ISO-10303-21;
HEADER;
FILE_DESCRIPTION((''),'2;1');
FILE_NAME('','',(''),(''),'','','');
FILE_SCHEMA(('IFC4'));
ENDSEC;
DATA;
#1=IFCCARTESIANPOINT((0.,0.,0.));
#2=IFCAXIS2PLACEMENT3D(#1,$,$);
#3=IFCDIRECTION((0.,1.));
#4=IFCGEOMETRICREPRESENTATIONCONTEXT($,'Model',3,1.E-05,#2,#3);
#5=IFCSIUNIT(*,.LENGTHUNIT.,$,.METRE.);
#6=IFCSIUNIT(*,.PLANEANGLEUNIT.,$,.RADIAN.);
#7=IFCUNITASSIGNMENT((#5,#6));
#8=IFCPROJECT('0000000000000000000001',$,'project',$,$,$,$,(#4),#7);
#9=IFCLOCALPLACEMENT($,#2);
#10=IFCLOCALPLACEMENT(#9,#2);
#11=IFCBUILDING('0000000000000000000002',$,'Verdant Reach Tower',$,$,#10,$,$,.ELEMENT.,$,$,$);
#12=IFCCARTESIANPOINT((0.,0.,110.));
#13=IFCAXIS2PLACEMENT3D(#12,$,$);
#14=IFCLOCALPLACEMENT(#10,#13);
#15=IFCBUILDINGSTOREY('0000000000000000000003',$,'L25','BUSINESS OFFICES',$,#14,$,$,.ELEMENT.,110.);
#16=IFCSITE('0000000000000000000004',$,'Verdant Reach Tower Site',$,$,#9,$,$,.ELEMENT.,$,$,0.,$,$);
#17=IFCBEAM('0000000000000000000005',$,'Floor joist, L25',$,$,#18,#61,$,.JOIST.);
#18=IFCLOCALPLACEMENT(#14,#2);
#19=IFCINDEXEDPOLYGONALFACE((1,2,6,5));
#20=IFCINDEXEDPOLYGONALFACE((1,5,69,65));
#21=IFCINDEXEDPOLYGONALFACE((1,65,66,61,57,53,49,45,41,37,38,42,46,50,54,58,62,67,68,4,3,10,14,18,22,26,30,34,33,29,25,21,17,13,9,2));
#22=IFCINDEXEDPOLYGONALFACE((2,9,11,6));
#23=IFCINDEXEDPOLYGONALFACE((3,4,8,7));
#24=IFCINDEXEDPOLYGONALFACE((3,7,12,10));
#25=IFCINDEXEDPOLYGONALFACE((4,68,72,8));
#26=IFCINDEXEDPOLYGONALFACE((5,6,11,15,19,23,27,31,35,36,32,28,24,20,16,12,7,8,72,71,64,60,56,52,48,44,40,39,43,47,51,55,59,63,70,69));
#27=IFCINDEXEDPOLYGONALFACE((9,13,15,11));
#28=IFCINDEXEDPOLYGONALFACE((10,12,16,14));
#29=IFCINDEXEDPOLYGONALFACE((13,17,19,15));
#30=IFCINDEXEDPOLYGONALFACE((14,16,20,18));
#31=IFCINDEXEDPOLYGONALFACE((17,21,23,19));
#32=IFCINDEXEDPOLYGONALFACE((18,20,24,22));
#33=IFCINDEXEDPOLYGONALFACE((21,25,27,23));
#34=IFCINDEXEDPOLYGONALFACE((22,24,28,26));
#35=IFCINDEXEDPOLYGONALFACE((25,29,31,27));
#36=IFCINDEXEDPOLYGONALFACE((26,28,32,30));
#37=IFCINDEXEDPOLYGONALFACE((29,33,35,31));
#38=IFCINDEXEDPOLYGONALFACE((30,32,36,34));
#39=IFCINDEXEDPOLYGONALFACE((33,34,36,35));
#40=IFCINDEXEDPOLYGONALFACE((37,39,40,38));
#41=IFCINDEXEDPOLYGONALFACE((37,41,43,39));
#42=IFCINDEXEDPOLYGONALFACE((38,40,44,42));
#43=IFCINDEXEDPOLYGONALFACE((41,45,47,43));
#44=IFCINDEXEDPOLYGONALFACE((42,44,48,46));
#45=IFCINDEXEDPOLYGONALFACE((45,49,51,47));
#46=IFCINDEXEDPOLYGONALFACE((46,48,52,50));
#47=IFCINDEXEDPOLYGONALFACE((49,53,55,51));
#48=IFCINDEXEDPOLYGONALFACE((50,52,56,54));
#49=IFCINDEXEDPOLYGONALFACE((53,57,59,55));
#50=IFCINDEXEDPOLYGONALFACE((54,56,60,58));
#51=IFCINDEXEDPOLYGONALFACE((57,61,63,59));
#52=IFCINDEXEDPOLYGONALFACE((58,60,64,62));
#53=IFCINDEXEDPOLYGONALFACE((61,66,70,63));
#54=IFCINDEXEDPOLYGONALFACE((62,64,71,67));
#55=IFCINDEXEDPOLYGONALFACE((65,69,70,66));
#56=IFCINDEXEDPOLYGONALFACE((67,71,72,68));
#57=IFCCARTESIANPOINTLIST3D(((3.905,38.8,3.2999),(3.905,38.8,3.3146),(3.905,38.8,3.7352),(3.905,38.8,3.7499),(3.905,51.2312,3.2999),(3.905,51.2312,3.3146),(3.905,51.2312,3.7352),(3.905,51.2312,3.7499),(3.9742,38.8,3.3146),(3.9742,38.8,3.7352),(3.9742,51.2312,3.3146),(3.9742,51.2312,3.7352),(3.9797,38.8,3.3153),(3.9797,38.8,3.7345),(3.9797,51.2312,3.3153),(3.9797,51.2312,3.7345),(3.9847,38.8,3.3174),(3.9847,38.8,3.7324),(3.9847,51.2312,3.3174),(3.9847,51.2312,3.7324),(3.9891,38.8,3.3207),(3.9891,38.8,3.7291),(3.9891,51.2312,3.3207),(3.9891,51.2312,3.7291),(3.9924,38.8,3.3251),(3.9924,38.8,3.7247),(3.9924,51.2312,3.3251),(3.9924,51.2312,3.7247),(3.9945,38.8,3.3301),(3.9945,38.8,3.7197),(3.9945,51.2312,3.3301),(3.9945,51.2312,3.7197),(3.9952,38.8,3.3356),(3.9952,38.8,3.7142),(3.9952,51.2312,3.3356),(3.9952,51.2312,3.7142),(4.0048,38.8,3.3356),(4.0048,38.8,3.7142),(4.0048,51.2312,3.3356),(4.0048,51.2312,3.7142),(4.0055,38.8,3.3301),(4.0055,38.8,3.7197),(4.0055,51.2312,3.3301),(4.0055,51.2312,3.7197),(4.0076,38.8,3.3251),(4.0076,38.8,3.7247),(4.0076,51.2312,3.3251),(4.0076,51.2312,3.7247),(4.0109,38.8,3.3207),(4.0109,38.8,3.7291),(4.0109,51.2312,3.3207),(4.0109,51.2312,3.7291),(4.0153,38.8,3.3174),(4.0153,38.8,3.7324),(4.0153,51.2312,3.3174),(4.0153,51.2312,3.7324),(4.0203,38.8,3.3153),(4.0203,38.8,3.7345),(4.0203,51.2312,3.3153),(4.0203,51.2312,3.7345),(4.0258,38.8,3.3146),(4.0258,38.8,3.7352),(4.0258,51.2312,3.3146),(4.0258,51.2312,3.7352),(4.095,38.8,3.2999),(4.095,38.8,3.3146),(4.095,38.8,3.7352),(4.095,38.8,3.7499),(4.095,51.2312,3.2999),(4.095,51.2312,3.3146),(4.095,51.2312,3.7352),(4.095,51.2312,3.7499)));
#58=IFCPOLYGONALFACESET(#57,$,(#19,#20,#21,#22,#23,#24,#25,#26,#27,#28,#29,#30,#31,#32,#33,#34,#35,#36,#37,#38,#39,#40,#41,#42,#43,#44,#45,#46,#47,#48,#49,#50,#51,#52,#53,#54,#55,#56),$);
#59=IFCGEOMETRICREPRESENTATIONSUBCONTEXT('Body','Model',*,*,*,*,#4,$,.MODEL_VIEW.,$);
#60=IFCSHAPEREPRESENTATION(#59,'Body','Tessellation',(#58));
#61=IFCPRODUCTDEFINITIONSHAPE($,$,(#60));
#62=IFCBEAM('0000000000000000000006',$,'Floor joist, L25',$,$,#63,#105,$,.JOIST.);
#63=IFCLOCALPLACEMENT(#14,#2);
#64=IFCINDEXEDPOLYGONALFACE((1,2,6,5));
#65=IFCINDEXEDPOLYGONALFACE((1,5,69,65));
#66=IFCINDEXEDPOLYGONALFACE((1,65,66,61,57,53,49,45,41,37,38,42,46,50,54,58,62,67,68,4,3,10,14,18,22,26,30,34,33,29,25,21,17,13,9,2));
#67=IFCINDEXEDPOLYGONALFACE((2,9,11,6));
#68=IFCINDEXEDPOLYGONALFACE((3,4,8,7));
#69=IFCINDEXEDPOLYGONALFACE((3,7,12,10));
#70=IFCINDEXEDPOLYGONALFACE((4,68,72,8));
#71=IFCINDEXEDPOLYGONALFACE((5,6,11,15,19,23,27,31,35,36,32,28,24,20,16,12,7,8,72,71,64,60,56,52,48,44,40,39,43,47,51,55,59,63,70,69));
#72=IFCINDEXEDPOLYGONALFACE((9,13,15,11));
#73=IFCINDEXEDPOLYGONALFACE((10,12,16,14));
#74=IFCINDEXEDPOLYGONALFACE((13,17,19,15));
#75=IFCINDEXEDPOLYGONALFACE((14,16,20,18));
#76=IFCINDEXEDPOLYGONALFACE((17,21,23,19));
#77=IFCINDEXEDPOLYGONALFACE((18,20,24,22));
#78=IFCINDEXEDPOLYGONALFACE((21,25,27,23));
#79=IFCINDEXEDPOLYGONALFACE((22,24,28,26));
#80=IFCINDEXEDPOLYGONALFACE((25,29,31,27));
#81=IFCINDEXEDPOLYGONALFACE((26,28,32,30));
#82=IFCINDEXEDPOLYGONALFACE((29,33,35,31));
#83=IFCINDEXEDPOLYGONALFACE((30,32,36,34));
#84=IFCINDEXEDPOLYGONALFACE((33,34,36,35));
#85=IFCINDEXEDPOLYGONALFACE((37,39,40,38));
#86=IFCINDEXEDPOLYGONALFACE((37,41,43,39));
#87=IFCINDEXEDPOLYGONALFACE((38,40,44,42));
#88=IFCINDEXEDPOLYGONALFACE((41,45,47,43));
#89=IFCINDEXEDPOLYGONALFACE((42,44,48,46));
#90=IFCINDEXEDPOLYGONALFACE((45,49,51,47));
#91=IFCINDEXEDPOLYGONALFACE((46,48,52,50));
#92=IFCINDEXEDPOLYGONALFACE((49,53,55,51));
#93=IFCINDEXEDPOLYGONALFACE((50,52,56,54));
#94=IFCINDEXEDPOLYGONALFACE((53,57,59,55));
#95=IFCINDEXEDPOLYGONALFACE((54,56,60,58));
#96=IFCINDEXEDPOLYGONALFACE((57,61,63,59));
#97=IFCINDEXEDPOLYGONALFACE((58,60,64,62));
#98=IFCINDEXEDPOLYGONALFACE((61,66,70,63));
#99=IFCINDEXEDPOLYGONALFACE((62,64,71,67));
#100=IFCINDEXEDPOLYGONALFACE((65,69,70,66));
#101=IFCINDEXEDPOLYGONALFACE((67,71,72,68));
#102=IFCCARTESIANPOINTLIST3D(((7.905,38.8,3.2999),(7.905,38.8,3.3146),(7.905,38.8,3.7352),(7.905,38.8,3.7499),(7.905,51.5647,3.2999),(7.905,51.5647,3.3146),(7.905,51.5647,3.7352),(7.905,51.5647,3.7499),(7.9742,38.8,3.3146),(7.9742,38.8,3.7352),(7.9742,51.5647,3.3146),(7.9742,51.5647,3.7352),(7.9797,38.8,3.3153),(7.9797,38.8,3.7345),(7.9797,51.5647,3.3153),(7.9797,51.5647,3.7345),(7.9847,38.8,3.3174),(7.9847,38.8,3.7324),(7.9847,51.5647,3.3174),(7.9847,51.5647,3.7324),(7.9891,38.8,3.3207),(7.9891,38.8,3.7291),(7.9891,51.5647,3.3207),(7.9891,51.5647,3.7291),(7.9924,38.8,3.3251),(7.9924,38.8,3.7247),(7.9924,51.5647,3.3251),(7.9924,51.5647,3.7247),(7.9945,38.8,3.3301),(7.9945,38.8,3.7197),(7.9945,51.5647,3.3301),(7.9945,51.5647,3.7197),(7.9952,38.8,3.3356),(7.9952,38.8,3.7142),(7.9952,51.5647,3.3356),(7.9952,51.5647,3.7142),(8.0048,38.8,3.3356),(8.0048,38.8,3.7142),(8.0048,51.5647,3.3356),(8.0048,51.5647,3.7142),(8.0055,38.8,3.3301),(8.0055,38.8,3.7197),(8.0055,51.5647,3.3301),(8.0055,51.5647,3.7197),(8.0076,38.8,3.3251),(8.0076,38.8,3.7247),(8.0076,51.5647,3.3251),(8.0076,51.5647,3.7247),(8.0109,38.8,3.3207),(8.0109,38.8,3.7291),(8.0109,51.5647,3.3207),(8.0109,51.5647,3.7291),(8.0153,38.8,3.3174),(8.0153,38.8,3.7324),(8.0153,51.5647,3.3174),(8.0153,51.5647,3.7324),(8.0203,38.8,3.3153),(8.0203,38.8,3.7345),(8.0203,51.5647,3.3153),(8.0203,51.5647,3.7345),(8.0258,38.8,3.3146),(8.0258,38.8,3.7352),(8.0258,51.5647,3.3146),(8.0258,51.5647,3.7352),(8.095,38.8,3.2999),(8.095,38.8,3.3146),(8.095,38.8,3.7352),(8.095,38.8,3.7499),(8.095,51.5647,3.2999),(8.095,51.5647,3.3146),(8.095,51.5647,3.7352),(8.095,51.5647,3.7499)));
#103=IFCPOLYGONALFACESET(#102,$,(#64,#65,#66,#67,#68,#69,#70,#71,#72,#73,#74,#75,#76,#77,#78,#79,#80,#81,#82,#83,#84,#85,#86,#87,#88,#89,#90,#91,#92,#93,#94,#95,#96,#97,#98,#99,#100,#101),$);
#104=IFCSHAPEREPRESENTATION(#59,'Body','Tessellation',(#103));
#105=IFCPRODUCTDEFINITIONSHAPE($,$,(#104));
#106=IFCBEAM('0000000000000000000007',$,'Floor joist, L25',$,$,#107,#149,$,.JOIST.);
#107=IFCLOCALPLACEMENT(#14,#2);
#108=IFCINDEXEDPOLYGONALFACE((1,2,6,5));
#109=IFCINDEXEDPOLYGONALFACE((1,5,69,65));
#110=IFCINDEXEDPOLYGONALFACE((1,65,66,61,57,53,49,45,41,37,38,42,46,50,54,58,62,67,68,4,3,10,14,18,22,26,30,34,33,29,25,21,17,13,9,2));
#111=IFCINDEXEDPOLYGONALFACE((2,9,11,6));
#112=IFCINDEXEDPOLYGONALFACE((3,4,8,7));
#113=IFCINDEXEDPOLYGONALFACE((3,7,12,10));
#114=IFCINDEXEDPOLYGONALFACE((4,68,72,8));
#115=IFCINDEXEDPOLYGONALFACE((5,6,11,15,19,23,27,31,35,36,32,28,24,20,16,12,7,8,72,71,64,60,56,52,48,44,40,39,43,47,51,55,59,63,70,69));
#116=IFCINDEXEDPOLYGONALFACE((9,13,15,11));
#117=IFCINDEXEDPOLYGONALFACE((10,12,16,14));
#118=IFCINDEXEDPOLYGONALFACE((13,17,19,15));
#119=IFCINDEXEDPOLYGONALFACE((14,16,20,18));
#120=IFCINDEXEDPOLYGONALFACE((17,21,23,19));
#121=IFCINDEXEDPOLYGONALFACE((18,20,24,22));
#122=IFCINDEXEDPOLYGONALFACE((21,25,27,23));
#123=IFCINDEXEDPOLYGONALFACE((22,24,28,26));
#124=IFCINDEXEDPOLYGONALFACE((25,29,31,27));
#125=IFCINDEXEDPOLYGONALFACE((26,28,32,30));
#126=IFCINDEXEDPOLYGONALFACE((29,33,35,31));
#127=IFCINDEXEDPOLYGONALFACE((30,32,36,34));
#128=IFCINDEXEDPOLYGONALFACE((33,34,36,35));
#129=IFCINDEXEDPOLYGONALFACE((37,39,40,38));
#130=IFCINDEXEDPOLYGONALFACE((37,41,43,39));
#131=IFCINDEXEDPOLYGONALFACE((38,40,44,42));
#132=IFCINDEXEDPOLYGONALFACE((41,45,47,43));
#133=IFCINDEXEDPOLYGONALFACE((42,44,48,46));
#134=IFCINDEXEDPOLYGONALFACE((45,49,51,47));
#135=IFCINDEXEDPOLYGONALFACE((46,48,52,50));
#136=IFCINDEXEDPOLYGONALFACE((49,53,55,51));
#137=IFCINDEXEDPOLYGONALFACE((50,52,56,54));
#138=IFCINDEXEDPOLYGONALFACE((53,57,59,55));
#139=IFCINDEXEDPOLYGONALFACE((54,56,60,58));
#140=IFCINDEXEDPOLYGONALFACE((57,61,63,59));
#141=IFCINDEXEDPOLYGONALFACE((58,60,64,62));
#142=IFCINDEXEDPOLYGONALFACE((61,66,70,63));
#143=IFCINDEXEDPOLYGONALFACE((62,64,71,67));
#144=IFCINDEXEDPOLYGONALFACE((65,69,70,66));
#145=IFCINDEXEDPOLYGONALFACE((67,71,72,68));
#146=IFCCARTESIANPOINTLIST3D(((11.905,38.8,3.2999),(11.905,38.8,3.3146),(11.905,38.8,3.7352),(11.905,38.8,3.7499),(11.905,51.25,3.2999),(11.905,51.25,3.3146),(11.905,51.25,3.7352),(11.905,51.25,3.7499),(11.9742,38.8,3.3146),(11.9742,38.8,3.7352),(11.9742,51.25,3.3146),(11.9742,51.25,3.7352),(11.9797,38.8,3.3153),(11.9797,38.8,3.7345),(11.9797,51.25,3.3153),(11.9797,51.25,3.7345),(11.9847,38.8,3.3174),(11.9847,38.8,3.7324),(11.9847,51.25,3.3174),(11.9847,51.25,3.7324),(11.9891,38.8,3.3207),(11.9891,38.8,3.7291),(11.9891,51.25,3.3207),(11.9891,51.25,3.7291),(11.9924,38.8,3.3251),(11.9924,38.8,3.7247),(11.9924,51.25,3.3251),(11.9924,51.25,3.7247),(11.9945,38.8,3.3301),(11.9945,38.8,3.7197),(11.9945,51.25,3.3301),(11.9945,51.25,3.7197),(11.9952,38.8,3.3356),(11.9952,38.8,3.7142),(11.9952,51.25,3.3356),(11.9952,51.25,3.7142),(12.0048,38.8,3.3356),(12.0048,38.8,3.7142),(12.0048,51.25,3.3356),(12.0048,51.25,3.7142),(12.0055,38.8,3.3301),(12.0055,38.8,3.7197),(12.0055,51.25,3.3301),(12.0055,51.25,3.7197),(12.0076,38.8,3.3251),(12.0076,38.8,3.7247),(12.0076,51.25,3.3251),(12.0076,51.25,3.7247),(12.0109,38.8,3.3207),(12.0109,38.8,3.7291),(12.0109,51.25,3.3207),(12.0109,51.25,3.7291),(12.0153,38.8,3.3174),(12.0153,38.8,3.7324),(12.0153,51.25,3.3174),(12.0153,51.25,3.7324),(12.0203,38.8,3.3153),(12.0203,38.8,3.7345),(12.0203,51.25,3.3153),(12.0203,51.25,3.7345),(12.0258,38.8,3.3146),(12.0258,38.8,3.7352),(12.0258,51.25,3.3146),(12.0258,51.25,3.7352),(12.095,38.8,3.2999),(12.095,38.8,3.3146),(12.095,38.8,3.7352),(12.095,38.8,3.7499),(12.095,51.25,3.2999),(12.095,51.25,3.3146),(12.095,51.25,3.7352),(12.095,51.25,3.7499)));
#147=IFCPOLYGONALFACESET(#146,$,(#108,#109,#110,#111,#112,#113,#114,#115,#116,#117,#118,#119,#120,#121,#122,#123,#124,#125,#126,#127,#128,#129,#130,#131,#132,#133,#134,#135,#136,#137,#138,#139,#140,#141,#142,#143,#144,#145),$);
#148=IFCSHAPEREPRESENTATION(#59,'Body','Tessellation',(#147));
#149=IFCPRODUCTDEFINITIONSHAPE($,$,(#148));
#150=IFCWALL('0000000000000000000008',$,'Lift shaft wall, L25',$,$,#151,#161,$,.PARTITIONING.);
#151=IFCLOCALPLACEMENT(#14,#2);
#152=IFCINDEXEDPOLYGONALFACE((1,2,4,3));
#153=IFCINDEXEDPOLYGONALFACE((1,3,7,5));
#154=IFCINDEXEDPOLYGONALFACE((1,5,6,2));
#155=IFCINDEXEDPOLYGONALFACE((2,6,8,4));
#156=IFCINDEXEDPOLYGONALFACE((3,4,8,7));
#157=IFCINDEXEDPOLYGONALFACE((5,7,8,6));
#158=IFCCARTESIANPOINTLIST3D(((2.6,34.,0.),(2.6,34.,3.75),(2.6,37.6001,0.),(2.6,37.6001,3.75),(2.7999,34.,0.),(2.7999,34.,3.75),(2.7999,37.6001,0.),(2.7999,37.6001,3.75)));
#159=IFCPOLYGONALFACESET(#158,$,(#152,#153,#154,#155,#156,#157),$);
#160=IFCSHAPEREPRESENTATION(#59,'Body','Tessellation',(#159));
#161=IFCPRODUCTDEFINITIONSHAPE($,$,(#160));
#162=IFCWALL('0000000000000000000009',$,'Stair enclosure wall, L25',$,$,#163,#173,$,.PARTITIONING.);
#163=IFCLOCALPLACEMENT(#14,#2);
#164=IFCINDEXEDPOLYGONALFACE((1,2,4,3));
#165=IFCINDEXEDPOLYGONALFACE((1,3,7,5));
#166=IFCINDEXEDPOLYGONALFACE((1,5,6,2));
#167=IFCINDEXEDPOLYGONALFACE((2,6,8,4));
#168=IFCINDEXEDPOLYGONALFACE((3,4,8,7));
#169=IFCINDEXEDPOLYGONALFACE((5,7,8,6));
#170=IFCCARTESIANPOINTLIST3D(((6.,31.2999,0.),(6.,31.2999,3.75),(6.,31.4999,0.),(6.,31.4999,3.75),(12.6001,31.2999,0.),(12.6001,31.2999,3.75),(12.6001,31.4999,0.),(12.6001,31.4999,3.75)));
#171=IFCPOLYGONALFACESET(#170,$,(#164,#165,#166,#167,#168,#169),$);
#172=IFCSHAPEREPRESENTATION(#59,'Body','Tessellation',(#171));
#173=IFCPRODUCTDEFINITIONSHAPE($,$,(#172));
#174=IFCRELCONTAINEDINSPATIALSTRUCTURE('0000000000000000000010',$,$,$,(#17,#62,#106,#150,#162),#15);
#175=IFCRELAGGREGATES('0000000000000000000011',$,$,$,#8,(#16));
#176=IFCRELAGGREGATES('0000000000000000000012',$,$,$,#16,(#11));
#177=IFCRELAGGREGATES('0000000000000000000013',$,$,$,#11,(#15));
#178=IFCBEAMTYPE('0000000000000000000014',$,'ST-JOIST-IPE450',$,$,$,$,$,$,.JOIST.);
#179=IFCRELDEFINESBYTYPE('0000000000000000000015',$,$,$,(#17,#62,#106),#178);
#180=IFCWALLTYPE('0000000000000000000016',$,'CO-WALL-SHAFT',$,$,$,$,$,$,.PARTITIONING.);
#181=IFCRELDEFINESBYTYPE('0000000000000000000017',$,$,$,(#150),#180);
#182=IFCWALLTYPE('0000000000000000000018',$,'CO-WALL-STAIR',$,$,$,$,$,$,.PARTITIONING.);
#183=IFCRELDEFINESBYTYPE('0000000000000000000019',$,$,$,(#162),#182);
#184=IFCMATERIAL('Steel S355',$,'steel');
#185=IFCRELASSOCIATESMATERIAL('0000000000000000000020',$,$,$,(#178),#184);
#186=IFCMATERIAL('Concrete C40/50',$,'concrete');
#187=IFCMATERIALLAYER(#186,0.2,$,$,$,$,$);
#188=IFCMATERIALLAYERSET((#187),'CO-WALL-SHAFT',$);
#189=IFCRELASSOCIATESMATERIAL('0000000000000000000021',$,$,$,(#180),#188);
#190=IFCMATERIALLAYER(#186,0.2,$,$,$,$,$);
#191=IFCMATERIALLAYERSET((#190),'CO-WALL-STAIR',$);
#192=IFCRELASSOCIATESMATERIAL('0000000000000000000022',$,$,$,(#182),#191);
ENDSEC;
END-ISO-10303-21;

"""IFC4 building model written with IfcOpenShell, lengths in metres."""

from ifc_helpers import new_model, si_unit, direction, frame, frame_2d, origin, origin_2d, place, context, subcontext, project, spatial, rectangle, i_section, extrude, material, layer, layer_set, material_profile, profile_set, type_object, element, save


model = new_model("IFC4")

# Units and contexts
model_context = context("Model", 3, precision=1e-05, world=origin(), true_north=direction((0.0, 1.0)))
body_context = subcontext(model_context, "Body", "Model", "MODEL_VIEW")
ifc_project = project(units=[si_unit("LENGTHUNIT", "METRE"), si_unit("PLANEANGLEUNIT", "RADIAN")], contexts=[model_context])

# Site, building, storey
site_placement = place(None, origin())
site = spatial("IfcSite", under=ifc_project, at=site_placement, Name="Verdant Reach Tower Site", CompositionType="ELEMENT", RefElevation=0.0)
building_placement = place(site_placement, origin())
building = spatial("IfcBuilding", under=site, at=building_placement, Name="Verdant Reach Tower", CompositionType="ELEMENT")
storey_placement = place(building_placement, frame((0.0, 0.0, 110.0)))
storey = spatial("IfcBuildingStorey", under=building, at=storey_placement, Name="L25", Description="BUSINESS OFFICES", CompositionType="ELEMENT", Elevation=110.0)

# Beams
ifc_material_1 = material(Name="Steel S355", Category="steel")
ifc_material_profile_1 = material_profile(ifc_material_1, i_section(OverallWidth=0.1899, OverallDepth=0.45, WebThickness=0.0095, FlangeThickness=0.0146, FilletRadius=0.021, at=origin_2d()), Name="IPE 450")
ifc_profile_set_1 = profile_set([ifc_material_profile_1], Name="Steel S355")
beam_type_1 = type_object("IfcBeamType", Name="ST-JOIST-IPE450", PredefinedType="JOIST", material=ifc_profile_set_1)
beam_1_placement = place(storey_placement, frame((4.0, 38.8, 3.5249), z_axis=(0.0, 1.0, 0.0), x_axis=(-1.0, 0.0, 0.0)))
element("IfcBeam", 1, at=beam_1_placement, inside=storey, type_object=beam_type_1, Name="Floor joist, L25", PredefinedType="JOIST", context=body_context, shape_type="SweptSolid", body=[
    extrude(i_section(OverallWidth=0.1899, OverallDepth=0.45, WebThickness=0.0095, FlangeThickness=0.0146, FilletRadius=0.021, at=origin_2d()), origin(), (0.0, 0.0, 1.0), 12.4312),
])
beam_2_placement = place(storey_placement, frame((8.0, 38.8, 3.5249), z_axis=(0.0, 1.0, 0.0), x_axis=(-1.0, 0.0, 0.0)))
element("IfcBeam", 2, at=beam_2_placement, inside=storey, type_object=beam_type_1, Name="Floor joist, L25", PredefinedType="JOIST", context=body_context, shape_type="SweptSolid", body=[
    extrude(i_section(OverallWidth=0.1899, OverallDepth=0.45, WebThickness=0.0095, FlangeThickness=0.0146, FilletRadius=0.021, at=origin_2d()), origin(), (0.0, 0.0, 1.0), 12.7646),
])
beam_3_placement = place(storey_placement, frame((12.0, 38.8, 3.5249), z_axis=(0.0, 1.0, 0.0), x_axis=(-1.0, 0.0, 0.0)))
element("IfcBeam", 3, at=beam_3_placement, inside=storey, type_object=beam_type_1, Name="Floor joist, L25", PredefinedType="JOIST", context=body_context, shape_type="SweptSolid", body=[
    extrude(i_section(OverallWidth=0.1899, OverallDepth=0.45, WebThickness=0.0095, FlangeThickness=0.0146, FilletRadius=0.021, at=origin_2d()), origin(), (0.0, 0.0, 1.0), 12.45),
])

# Walls
ifc_material_2 = material(Name="Concrete C40/50", Category="concrete")
ifc_layer_1 = layer(ifc_material_2, 0.2)
ifc_layer_set_1 = layer_set([ifc_layer_1], Name="CO-WALL-SHAFT")
wall_type_1 = type_object("IfcWallType", Name="CO-WALL-SHAFT", PredefinedType="PARTITIONING", material=ifc_layer_set_1)
wall_1_placement = place(storey_placement, frame((2.7, 34.0, 0.0), z_axis=(0.0, 0.0, 1.0), x_axis=(0.0, 1.0, 0.0)))
element("IfcWall", 4, at=wall_1_placement, inside=storey, type_object=wall_type_1, Name="Lift shaft wall, L25", PredefinedType="PARTITIONING", context=body_context, shape_type="SweptSolid", body=[
    extrude(rectangle(XDim=3.6001, YDim=0.2, at=frame_2d((1.8, 0.0))), origin(), (0.0, 0.0, 1.0), 3.75),
])
ifc_layer_2 = layer(ifc_material_2, 0.2)
ifc_layer_set_2 = layer_set([ifc_layer_2], Name="CO-WALL-STAIR")
wall_type_2 = type_object("IfcWallType", Name="CO-WALL-STAIR", PredefinedType="PARTITIONING", material=ifc_layer_set_2)
wall_2_placement = place(storey_placement, frame((6.0, 31.3999, 0.0), z_axis=(0.0, 0.0, 1.0), x_axis=(1.0, 0.0, 0.0)))
element("IfcWall", 5, at=wall_2_placement, inside=storey, type_object=wall_type_2, Name="Stair enclosure wall, L25", PredefinedType="PARTITIONING", context=body_context, shape_type="SweptSolid", body=[
    extrude(rectangle(XDim=6.6001, YDim=0.2, at=frame_2d((3.3, 0.0))), origin(), (0.0, 0.0, 1.0), 3.75),
])

save(model, "model.ifc")
